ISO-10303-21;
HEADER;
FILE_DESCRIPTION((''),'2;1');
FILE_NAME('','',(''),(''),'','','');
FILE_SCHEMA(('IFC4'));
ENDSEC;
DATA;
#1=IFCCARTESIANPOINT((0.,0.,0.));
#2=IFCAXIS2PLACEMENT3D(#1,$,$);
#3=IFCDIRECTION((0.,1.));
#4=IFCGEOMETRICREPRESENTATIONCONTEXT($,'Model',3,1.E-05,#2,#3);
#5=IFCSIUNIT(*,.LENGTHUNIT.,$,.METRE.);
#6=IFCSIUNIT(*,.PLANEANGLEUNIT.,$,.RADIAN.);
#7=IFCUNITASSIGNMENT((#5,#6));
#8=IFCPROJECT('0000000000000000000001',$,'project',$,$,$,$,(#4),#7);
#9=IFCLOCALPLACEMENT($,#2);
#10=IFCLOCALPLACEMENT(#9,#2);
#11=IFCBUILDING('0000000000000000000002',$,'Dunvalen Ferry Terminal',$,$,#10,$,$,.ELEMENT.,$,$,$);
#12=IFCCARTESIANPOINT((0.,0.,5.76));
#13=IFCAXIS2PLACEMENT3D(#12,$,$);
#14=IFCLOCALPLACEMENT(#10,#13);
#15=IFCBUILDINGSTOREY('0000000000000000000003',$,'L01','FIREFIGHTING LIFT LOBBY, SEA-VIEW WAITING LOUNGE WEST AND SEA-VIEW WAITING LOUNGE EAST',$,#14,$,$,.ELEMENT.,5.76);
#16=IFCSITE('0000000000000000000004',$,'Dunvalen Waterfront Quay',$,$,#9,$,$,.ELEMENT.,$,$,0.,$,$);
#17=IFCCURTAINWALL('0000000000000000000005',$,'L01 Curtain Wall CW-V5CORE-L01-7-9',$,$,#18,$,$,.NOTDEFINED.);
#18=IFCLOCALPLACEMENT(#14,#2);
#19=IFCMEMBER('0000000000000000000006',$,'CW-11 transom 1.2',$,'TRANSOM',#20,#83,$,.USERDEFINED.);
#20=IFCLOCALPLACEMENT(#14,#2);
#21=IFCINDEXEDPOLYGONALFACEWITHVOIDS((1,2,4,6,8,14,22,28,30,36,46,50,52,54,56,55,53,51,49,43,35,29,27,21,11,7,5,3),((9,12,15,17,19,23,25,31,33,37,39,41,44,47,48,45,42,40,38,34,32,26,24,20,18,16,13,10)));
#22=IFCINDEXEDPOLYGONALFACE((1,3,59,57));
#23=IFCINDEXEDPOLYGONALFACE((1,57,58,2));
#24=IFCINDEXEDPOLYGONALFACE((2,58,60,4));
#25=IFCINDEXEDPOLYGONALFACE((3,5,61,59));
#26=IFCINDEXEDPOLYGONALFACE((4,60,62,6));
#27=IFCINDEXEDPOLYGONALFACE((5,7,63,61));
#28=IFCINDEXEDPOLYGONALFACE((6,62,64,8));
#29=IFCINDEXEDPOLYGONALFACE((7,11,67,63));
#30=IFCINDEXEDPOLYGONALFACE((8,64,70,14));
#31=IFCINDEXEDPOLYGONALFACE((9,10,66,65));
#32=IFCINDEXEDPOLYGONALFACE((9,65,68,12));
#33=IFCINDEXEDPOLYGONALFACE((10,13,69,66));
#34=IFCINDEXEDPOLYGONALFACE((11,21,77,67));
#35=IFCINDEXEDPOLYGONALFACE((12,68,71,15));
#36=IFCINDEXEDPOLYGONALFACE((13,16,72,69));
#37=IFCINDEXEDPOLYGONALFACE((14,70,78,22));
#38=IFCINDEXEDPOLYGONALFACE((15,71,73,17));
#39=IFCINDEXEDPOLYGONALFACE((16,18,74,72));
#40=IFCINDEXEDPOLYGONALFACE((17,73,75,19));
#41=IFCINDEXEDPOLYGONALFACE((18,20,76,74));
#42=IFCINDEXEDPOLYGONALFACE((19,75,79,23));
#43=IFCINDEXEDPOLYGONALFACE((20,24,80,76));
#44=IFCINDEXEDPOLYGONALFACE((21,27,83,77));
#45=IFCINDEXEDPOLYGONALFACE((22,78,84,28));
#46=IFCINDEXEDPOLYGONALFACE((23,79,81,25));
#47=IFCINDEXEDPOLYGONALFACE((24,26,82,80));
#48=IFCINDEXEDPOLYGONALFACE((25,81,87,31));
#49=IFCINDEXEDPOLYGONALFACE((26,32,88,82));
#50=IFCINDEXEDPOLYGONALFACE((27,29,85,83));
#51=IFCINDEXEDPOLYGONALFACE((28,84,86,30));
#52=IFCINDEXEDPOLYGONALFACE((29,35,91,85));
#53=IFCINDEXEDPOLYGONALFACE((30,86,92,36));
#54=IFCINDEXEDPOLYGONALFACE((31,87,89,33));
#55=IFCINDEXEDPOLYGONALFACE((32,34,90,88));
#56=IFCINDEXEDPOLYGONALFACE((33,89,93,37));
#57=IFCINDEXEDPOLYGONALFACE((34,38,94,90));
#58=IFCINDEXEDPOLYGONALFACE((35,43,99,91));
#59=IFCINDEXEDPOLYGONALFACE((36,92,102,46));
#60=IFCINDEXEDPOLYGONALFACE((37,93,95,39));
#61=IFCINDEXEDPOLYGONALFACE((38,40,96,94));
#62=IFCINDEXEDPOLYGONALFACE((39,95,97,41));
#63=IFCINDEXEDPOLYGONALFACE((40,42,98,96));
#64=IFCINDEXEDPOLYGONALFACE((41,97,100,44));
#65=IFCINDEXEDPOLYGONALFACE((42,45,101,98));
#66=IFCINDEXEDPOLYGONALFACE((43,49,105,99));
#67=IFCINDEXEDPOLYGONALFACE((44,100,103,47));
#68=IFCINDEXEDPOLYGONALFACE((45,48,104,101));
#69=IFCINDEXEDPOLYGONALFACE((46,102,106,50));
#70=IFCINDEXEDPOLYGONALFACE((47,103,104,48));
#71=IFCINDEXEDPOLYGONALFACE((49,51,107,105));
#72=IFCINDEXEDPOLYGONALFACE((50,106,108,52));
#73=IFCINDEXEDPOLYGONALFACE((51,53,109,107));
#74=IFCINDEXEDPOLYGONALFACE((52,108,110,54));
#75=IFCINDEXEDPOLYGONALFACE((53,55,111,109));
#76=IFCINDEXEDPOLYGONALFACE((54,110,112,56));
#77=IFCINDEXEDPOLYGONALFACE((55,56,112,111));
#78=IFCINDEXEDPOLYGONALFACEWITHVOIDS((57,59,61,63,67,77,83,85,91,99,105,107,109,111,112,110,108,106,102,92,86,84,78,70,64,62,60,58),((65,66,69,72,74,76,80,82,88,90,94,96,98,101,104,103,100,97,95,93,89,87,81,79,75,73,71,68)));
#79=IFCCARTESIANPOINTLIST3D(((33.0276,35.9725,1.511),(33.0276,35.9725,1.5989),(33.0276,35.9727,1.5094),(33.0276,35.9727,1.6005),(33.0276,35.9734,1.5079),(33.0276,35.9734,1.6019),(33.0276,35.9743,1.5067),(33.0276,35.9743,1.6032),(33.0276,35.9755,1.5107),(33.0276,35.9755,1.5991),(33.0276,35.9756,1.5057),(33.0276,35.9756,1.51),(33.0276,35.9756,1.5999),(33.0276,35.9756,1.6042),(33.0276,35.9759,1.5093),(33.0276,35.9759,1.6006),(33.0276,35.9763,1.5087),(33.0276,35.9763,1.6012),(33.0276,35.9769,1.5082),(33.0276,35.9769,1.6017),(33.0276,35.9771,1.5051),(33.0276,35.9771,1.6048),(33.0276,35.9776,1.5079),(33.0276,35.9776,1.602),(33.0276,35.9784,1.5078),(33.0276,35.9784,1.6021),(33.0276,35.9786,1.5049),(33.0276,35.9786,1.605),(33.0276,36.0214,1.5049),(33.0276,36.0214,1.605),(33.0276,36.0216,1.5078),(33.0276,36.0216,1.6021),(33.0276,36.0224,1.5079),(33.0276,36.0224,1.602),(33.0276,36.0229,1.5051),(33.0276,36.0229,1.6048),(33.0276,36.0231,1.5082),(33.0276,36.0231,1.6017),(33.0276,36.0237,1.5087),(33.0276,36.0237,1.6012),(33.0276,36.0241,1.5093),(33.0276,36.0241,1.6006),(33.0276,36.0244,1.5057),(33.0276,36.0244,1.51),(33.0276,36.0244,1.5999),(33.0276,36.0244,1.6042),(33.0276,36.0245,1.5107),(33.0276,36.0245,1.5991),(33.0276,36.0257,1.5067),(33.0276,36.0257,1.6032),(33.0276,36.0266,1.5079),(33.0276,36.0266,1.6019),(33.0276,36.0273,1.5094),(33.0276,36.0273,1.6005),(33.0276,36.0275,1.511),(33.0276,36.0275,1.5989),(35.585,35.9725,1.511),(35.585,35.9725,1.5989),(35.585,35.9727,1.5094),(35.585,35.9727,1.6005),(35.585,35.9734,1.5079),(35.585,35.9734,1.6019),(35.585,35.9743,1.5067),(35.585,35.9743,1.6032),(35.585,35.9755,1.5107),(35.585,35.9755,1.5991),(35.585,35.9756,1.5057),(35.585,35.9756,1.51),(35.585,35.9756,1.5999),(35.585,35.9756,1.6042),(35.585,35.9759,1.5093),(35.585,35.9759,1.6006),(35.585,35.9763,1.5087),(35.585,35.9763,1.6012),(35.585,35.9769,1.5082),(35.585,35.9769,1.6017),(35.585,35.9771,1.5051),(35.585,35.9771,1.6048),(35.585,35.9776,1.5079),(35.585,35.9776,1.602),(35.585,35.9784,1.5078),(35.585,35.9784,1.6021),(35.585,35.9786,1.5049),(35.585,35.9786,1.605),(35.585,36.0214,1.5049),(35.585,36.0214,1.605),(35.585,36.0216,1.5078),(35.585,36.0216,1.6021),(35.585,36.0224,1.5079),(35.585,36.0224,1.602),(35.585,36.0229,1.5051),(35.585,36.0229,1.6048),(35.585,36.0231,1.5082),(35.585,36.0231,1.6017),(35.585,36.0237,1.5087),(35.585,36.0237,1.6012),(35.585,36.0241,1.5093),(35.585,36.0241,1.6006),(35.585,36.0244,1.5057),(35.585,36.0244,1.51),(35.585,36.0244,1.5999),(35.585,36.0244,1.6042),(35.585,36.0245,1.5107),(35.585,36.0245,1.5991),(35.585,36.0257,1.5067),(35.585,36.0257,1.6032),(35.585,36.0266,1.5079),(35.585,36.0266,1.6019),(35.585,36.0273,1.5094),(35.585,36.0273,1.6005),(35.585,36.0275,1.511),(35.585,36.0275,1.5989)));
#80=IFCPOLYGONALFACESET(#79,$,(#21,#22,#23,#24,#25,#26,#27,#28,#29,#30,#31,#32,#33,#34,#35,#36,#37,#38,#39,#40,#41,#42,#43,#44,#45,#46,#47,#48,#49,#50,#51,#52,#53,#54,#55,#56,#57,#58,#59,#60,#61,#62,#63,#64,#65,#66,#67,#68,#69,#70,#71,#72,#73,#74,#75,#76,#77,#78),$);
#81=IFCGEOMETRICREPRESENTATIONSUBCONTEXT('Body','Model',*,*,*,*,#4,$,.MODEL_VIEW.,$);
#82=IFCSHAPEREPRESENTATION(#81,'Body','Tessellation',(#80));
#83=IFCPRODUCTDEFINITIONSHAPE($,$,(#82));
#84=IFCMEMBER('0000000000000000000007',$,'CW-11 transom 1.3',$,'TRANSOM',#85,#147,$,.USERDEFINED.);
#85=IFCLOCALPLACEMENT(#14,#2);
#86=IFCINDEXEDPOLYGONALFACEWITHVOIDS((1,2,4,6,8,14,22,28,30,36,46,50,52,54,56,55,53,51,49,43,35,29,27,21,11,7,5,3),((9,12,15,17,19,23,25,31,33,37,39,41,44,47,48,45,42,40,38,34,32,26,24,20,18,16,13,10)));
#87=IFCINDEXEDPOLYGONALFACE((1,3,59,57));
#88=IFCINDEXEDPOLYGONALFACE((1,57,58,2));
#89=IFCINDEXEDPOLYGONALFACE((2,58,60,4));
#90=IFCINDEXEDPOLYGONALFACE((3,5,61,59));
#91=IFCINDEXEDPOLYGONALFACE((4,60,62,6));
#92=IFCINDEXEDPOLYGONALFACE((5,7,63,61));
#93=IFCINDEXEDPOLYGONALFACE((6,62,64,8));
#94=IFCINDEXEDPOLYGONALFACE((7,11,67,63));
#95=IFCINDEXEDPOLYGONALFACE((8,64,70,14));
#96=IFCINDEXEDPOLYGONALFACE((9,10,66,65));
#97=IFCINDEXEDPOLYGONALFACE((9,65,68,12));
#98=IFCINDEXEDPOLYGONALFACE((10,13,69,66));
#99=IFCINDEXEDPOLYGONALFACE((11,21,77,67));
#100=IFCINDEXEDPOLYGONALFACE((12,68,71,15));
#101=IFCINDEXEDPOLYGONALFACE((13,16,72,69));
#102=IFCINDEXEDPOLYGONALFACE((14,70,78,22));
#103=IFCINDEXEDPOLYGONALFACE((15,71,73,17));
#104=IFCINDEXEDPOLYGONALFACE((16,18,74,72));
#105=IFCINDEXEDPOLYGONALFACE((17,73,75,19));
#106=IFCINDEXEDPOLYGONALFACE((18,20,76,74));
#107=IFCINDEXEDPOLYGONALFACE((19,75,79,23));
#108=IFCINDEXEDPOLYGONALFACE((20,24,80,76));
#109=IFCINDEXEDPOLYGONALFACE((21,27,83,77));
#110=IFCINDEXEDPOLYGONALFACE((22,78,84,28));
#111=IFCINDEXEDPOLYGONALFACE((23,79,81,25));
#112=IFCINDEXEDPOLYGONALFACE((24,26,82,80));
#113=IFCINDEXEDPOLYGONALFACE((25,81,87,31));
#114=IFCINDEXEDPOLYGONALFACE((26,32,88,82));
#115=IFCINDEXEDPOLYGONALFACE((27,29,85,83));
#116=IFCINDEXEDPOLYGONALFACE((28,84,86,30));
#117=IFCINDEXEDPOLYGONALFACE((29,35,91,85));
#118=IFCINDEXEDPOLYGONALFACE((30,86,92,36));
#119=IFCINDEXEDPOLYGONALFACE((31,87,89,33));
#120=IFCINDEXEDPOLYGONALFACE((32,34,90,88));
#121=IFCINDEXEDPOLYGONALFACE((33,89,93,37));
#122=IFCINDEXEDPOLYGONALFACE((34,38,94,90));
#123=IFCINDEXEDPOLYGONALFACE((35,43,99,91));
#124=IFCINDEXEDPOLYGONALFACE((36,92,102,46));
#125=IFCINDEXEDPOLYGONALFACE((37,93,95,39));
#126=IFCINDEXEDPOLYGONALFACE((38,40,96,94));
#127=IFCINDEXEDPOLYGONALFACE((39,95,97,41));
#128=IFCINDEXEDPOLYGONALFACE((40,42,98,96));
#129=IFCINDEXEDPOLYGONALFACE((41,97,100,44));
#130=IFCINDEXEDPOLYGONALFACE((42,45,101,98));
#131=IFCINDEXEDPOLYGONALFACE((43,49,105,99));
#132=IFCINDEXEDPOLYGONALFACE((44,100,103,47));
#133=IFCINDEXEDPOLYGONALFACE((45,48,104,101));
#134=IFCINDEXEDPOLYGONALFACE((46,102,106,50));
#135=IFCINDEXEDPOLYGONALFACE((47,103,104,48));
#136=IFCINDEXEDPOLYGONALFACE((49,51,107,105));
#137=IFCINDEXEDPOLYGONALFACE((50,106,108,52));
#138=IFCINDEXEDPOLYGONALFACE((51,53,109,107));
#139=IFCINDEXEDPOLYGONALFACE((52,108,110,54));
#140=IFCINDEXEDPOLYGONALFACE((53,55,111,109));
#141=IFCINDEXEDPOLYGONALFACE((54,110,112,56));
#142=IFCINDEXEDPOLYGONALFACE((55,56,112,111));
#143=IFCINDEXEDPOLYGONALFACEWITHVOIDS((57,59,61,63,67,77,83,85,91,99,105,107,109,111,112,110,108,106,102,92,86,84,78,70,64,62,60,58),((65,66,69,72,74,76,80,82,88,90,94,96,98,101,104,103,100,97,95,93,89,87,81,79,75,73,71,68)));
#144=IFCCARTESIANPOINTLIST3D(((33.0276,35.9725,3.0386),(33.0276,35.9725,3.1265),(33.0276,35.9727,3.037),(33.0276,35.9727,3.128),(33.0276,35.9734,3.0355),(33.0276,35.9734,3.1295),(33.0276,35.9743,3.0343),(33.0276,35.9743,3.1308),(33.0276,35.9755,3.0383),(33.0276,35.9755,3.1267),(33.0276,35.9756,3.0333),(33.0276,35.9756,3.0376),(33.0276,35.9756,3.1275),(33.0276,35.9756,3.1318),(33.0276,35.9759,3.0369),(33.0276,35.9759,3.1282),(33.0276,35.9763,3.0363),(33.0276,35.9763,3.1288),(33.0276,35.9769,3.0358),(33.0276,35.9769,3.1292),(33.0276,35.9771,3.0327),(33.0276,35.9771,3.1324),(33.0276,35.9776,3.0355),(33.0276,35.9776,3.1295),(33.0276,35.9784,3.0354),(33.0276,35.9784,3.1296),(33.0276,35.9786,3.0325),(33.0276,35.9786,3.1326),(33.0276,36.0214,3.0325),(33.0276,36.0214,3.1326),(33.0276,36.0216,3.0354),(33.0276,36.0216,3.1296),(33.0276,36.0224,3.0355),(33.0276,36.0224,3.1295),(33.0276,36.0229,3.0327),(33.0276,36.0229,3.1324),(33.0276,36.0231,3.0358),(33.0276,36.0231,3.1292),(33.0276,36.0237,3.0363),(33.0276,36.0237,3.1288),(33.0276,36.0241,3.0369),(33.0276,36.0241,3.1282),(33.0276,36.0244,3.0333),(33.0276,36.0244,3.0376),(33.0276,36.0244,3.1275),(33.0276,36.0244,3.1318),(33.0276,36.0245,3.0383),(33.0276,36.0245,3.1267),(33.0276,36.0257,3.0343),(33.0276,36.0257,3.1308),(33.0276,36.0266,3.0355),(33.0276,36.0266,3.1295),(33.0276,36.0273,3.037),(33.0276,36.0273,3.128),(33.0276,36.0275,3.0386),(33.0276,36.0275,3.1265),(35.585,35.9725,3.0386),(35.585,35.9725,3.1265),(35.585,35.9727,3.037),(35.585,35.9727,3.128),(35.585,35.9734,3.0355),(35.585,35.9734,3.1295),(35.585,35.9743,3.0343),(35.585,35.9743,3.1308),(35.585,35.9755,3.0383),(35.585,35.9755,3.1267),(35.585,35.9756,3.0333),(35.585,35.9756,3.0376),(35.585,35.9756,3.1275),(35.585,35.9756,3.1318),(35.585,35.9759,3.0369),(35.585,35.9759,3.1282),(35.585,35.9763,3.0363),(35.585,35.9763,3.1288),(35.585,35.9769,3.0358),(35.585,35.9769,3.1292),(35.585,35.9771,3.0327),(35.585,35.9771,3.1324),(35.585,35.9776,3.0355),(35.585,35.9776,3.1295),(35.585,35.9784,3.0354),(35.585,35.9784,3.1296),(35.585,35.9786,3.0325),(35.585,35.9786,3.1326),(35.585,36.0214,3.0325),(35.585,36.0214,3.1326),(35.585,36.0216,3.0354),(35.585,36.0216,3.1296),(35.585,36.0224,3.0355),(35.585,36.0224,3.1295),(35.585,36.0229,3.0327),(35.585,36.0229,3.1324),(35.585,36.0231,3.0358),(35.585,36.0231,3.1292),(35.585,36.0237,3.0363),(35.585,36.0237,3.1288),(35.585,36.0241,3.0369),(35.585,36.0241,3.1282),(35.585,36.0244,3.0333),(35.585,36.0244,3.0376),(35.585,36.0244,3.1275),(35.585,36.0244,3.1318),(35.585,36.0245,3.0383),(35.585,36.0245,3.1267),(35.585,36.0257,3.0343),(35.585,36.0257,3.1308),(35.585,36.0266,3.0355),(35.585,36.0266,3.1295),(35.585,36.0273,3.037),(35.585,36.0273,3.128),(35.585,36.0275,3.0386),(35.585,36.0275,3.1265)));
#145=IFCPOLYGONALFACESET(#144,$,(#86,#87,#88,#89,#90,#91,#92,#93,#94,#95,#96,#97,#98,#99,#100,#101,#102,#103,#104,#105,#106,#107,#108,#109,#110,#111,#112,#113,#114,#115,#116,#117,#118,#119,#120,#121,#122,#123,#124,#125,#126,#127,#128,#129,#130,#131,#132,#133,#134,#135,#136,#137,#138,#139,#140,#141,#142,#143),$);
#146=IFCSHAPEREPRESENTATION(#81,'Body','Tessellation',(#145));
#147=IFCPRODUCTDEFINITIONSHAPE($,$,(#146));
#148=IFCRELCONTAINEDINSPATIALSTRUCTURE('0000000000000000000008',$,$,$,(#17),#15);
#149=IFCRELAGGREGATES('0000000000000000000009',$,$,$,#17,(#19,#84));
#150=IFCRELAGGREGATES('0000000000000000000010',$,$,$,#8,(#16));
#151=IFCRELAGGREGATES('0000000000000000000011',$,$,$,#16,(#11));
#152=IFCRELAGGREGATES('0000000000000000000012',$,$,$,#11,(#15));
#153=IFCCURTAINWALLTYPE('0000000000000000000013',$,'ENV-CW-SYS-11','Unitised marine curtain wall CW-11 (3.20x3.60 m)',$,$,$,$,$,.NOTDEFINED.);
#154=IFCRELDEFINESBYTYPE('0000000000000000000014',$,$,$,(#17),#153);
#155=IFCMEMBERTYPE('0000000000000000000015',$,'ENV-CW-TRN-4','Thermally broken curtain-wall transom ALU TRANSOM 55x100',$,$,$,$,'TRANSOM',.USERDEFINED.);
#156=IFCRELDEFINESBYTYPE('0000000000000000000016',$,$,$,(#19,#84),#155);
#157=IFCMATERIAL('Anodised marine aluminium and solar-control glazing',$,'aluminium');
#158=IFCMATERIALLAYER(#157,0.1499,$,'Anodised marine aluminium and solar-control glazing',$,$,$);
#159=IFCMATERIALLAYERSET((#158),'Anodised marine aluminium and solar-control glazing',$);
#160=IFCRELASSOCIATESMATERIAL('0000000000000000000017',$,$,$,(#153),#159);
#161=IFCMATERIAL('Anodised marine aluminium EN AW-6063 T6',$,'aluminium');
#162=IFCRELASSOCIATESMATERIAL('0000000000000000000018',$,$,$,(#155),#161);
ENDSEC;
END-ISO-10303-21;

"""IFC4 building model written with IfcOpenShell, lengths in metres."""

from ifc_helpers import new_model, si_unit, direction, frame, origin, origin_2d, place, context, subcontext, project, spatial, hollow_rectangle, extrude, material, layer, layer_set, material_profile, profile_set, type_object, element, aggregate, save


model = new_model("IFC4")

# Units and contexts
model_context = context("Model", 3, precision=1e-05, world=origin(), true_north=direction((0.0, 1.0)))
body_context = subcontext(model_context, "Body", "Model", "MODEL_VIEW")
ifc_project = project(units=[si_unit("LENGTHUNIT", "METRE"), si_unit("PLANEANGLEUNIT", "RADIAN")], contexts=[model_context])

# Site, building, storey
site_placement = place(None, origin())
site = spatial("IfcSite", under=ifc_project, at=site_placement, Name="Dunvalen Waterfront Quay", CompositionType="ELEMENT", RefElevation=0.0)
building_placement = place(site_placement, origin())
building = spatial("IfcBuilding", under=site, at=building_placement, Name="Dunvalen Ferry Terminal", CompositionType="ELEMENT")
storey_placement = place(building_placement, frame((0.0, 0.0, 5.76)))
storey = spatial("IfcBuildingStorey", under=building, at=storey_placement, Name="L01", Description="FIREFIGHTING LIFT LOBBY, SEA-VIEW WAITING LOUNGE WEST AND SEA-VIEW WAITING LOUNGE EAST", CompositionType="ELEMENT", Elevation=5.76)

# Shared definitions
ifc_material_1 = material(Name="Anodised marine aluminium and solar-control glazing", Category="aluminium")
ifc_layer_1 = layer(ifc_material_1, 0.1499, Name="Anodised marine aluminium and solar-control glazing")
ifc_layer_set_1 = layer_set([ifc_layer_1], Name="Anodised marine aluminium and solar-control glazing")
curtain_wall_type = type_object("IfcCurtainWallType", Name="ENV-CW-SYS-11", Description="Unitised marine curtain wall CW-11 (3.20x3.60 m)", PredefinedType="NOTDEFINED", material=ifc_layer_set_1)
ifc_material_2 = material(Name="Anodised marine aluminium EN AW-6063 T6", Category="aluminium")

# Curtain wall, members
curtain_wall_1_placement = place(storey_placement, origin())
curtain_wall_1 = element("IfcCurtainWall", 1, at=curtain_wall_1_placement, inside=storey, type_object=curtain_wall_type, Name="L01 Curtain Wall CW-V5CORE-L01-7-9", PredefinedType="NOTDEFINED")
ifc_material_profile_1 = material_profile(ifc_material_2, hollow_rectangle(XDim=0.0549, YDim=0.1001, WallThickness=0.0029, InnerFilletRadius=0.0029, OuterFilletRadius=0.0061, at=origin_2d()), Name="Anodised marine aluminium EN AW-6063 T6")
ifc_profile_set_1 = profile_set([ifc_material_profile_1], Name="Anodised marine aluminium EN AW-6063 T6")
member_type_1 = type_object("IfcMemberType", Name="ENV-CW-TRN-4", Description="Thermally broken curtain-wall transom ALU TRANSOM 55x100", ElementType="TRANSOM", PredefinedType="USERDEFINED", material=ifc_profile_set_1)
member_1_placement = place(storey_placement, frame((35.585, 36.0, 1.5549), z_axis=(-1.0, 0.0, 0.0), x_axis=(0.0, -1.0, 0.0)))
member_1 = element("IfcMember", 2, at=member_1_placement, type_object=member_type_1, Name="CW-11 transom 1.2", ObjectType="TRANSOM", PredefinedType="USERDEFINED", context=body_context, shape_type="SweptSolid", body=[
    extrude(hollow_rectangle(XDim=0.0549, YDim=0.1001, WallThickness=0.0029, InnerFilletRadius=0.0029, OuterFilletRadius=0.0061, at=origin_2d()), origin(), (0.0, 0.0, 1.0), 2.5574),
])
member_2_placement = place(storey_placement, frame((35.585, 36.0, 3.0825), z_axis=(-1.0, 0.0, 0.0), x_axis=(0.0, -1.0, 0.0)))
member_2 = element("IfcMember", 3, at=member_2_placement, type_object=member_type_1, Name="CW-11 transom 1.3", ObjectType="TRANSOM", PredefinedType="USERDEFINED", context=body_context, shape_type="SweptSolid", body=[
    extrude(hollow_rectangle(XDim=0.0549, YDim=0.1001, WallThickness=0.0029, InnerFilletRadius=0.0029, OuterFilletRadius=0.0061, at=origin_2d()), origin(), (0.0, 0.0, 1.0), 2.5574),
])

aggregate(curtain_wall_1, [member_1, member_2])

save(model, "model.ifc")
